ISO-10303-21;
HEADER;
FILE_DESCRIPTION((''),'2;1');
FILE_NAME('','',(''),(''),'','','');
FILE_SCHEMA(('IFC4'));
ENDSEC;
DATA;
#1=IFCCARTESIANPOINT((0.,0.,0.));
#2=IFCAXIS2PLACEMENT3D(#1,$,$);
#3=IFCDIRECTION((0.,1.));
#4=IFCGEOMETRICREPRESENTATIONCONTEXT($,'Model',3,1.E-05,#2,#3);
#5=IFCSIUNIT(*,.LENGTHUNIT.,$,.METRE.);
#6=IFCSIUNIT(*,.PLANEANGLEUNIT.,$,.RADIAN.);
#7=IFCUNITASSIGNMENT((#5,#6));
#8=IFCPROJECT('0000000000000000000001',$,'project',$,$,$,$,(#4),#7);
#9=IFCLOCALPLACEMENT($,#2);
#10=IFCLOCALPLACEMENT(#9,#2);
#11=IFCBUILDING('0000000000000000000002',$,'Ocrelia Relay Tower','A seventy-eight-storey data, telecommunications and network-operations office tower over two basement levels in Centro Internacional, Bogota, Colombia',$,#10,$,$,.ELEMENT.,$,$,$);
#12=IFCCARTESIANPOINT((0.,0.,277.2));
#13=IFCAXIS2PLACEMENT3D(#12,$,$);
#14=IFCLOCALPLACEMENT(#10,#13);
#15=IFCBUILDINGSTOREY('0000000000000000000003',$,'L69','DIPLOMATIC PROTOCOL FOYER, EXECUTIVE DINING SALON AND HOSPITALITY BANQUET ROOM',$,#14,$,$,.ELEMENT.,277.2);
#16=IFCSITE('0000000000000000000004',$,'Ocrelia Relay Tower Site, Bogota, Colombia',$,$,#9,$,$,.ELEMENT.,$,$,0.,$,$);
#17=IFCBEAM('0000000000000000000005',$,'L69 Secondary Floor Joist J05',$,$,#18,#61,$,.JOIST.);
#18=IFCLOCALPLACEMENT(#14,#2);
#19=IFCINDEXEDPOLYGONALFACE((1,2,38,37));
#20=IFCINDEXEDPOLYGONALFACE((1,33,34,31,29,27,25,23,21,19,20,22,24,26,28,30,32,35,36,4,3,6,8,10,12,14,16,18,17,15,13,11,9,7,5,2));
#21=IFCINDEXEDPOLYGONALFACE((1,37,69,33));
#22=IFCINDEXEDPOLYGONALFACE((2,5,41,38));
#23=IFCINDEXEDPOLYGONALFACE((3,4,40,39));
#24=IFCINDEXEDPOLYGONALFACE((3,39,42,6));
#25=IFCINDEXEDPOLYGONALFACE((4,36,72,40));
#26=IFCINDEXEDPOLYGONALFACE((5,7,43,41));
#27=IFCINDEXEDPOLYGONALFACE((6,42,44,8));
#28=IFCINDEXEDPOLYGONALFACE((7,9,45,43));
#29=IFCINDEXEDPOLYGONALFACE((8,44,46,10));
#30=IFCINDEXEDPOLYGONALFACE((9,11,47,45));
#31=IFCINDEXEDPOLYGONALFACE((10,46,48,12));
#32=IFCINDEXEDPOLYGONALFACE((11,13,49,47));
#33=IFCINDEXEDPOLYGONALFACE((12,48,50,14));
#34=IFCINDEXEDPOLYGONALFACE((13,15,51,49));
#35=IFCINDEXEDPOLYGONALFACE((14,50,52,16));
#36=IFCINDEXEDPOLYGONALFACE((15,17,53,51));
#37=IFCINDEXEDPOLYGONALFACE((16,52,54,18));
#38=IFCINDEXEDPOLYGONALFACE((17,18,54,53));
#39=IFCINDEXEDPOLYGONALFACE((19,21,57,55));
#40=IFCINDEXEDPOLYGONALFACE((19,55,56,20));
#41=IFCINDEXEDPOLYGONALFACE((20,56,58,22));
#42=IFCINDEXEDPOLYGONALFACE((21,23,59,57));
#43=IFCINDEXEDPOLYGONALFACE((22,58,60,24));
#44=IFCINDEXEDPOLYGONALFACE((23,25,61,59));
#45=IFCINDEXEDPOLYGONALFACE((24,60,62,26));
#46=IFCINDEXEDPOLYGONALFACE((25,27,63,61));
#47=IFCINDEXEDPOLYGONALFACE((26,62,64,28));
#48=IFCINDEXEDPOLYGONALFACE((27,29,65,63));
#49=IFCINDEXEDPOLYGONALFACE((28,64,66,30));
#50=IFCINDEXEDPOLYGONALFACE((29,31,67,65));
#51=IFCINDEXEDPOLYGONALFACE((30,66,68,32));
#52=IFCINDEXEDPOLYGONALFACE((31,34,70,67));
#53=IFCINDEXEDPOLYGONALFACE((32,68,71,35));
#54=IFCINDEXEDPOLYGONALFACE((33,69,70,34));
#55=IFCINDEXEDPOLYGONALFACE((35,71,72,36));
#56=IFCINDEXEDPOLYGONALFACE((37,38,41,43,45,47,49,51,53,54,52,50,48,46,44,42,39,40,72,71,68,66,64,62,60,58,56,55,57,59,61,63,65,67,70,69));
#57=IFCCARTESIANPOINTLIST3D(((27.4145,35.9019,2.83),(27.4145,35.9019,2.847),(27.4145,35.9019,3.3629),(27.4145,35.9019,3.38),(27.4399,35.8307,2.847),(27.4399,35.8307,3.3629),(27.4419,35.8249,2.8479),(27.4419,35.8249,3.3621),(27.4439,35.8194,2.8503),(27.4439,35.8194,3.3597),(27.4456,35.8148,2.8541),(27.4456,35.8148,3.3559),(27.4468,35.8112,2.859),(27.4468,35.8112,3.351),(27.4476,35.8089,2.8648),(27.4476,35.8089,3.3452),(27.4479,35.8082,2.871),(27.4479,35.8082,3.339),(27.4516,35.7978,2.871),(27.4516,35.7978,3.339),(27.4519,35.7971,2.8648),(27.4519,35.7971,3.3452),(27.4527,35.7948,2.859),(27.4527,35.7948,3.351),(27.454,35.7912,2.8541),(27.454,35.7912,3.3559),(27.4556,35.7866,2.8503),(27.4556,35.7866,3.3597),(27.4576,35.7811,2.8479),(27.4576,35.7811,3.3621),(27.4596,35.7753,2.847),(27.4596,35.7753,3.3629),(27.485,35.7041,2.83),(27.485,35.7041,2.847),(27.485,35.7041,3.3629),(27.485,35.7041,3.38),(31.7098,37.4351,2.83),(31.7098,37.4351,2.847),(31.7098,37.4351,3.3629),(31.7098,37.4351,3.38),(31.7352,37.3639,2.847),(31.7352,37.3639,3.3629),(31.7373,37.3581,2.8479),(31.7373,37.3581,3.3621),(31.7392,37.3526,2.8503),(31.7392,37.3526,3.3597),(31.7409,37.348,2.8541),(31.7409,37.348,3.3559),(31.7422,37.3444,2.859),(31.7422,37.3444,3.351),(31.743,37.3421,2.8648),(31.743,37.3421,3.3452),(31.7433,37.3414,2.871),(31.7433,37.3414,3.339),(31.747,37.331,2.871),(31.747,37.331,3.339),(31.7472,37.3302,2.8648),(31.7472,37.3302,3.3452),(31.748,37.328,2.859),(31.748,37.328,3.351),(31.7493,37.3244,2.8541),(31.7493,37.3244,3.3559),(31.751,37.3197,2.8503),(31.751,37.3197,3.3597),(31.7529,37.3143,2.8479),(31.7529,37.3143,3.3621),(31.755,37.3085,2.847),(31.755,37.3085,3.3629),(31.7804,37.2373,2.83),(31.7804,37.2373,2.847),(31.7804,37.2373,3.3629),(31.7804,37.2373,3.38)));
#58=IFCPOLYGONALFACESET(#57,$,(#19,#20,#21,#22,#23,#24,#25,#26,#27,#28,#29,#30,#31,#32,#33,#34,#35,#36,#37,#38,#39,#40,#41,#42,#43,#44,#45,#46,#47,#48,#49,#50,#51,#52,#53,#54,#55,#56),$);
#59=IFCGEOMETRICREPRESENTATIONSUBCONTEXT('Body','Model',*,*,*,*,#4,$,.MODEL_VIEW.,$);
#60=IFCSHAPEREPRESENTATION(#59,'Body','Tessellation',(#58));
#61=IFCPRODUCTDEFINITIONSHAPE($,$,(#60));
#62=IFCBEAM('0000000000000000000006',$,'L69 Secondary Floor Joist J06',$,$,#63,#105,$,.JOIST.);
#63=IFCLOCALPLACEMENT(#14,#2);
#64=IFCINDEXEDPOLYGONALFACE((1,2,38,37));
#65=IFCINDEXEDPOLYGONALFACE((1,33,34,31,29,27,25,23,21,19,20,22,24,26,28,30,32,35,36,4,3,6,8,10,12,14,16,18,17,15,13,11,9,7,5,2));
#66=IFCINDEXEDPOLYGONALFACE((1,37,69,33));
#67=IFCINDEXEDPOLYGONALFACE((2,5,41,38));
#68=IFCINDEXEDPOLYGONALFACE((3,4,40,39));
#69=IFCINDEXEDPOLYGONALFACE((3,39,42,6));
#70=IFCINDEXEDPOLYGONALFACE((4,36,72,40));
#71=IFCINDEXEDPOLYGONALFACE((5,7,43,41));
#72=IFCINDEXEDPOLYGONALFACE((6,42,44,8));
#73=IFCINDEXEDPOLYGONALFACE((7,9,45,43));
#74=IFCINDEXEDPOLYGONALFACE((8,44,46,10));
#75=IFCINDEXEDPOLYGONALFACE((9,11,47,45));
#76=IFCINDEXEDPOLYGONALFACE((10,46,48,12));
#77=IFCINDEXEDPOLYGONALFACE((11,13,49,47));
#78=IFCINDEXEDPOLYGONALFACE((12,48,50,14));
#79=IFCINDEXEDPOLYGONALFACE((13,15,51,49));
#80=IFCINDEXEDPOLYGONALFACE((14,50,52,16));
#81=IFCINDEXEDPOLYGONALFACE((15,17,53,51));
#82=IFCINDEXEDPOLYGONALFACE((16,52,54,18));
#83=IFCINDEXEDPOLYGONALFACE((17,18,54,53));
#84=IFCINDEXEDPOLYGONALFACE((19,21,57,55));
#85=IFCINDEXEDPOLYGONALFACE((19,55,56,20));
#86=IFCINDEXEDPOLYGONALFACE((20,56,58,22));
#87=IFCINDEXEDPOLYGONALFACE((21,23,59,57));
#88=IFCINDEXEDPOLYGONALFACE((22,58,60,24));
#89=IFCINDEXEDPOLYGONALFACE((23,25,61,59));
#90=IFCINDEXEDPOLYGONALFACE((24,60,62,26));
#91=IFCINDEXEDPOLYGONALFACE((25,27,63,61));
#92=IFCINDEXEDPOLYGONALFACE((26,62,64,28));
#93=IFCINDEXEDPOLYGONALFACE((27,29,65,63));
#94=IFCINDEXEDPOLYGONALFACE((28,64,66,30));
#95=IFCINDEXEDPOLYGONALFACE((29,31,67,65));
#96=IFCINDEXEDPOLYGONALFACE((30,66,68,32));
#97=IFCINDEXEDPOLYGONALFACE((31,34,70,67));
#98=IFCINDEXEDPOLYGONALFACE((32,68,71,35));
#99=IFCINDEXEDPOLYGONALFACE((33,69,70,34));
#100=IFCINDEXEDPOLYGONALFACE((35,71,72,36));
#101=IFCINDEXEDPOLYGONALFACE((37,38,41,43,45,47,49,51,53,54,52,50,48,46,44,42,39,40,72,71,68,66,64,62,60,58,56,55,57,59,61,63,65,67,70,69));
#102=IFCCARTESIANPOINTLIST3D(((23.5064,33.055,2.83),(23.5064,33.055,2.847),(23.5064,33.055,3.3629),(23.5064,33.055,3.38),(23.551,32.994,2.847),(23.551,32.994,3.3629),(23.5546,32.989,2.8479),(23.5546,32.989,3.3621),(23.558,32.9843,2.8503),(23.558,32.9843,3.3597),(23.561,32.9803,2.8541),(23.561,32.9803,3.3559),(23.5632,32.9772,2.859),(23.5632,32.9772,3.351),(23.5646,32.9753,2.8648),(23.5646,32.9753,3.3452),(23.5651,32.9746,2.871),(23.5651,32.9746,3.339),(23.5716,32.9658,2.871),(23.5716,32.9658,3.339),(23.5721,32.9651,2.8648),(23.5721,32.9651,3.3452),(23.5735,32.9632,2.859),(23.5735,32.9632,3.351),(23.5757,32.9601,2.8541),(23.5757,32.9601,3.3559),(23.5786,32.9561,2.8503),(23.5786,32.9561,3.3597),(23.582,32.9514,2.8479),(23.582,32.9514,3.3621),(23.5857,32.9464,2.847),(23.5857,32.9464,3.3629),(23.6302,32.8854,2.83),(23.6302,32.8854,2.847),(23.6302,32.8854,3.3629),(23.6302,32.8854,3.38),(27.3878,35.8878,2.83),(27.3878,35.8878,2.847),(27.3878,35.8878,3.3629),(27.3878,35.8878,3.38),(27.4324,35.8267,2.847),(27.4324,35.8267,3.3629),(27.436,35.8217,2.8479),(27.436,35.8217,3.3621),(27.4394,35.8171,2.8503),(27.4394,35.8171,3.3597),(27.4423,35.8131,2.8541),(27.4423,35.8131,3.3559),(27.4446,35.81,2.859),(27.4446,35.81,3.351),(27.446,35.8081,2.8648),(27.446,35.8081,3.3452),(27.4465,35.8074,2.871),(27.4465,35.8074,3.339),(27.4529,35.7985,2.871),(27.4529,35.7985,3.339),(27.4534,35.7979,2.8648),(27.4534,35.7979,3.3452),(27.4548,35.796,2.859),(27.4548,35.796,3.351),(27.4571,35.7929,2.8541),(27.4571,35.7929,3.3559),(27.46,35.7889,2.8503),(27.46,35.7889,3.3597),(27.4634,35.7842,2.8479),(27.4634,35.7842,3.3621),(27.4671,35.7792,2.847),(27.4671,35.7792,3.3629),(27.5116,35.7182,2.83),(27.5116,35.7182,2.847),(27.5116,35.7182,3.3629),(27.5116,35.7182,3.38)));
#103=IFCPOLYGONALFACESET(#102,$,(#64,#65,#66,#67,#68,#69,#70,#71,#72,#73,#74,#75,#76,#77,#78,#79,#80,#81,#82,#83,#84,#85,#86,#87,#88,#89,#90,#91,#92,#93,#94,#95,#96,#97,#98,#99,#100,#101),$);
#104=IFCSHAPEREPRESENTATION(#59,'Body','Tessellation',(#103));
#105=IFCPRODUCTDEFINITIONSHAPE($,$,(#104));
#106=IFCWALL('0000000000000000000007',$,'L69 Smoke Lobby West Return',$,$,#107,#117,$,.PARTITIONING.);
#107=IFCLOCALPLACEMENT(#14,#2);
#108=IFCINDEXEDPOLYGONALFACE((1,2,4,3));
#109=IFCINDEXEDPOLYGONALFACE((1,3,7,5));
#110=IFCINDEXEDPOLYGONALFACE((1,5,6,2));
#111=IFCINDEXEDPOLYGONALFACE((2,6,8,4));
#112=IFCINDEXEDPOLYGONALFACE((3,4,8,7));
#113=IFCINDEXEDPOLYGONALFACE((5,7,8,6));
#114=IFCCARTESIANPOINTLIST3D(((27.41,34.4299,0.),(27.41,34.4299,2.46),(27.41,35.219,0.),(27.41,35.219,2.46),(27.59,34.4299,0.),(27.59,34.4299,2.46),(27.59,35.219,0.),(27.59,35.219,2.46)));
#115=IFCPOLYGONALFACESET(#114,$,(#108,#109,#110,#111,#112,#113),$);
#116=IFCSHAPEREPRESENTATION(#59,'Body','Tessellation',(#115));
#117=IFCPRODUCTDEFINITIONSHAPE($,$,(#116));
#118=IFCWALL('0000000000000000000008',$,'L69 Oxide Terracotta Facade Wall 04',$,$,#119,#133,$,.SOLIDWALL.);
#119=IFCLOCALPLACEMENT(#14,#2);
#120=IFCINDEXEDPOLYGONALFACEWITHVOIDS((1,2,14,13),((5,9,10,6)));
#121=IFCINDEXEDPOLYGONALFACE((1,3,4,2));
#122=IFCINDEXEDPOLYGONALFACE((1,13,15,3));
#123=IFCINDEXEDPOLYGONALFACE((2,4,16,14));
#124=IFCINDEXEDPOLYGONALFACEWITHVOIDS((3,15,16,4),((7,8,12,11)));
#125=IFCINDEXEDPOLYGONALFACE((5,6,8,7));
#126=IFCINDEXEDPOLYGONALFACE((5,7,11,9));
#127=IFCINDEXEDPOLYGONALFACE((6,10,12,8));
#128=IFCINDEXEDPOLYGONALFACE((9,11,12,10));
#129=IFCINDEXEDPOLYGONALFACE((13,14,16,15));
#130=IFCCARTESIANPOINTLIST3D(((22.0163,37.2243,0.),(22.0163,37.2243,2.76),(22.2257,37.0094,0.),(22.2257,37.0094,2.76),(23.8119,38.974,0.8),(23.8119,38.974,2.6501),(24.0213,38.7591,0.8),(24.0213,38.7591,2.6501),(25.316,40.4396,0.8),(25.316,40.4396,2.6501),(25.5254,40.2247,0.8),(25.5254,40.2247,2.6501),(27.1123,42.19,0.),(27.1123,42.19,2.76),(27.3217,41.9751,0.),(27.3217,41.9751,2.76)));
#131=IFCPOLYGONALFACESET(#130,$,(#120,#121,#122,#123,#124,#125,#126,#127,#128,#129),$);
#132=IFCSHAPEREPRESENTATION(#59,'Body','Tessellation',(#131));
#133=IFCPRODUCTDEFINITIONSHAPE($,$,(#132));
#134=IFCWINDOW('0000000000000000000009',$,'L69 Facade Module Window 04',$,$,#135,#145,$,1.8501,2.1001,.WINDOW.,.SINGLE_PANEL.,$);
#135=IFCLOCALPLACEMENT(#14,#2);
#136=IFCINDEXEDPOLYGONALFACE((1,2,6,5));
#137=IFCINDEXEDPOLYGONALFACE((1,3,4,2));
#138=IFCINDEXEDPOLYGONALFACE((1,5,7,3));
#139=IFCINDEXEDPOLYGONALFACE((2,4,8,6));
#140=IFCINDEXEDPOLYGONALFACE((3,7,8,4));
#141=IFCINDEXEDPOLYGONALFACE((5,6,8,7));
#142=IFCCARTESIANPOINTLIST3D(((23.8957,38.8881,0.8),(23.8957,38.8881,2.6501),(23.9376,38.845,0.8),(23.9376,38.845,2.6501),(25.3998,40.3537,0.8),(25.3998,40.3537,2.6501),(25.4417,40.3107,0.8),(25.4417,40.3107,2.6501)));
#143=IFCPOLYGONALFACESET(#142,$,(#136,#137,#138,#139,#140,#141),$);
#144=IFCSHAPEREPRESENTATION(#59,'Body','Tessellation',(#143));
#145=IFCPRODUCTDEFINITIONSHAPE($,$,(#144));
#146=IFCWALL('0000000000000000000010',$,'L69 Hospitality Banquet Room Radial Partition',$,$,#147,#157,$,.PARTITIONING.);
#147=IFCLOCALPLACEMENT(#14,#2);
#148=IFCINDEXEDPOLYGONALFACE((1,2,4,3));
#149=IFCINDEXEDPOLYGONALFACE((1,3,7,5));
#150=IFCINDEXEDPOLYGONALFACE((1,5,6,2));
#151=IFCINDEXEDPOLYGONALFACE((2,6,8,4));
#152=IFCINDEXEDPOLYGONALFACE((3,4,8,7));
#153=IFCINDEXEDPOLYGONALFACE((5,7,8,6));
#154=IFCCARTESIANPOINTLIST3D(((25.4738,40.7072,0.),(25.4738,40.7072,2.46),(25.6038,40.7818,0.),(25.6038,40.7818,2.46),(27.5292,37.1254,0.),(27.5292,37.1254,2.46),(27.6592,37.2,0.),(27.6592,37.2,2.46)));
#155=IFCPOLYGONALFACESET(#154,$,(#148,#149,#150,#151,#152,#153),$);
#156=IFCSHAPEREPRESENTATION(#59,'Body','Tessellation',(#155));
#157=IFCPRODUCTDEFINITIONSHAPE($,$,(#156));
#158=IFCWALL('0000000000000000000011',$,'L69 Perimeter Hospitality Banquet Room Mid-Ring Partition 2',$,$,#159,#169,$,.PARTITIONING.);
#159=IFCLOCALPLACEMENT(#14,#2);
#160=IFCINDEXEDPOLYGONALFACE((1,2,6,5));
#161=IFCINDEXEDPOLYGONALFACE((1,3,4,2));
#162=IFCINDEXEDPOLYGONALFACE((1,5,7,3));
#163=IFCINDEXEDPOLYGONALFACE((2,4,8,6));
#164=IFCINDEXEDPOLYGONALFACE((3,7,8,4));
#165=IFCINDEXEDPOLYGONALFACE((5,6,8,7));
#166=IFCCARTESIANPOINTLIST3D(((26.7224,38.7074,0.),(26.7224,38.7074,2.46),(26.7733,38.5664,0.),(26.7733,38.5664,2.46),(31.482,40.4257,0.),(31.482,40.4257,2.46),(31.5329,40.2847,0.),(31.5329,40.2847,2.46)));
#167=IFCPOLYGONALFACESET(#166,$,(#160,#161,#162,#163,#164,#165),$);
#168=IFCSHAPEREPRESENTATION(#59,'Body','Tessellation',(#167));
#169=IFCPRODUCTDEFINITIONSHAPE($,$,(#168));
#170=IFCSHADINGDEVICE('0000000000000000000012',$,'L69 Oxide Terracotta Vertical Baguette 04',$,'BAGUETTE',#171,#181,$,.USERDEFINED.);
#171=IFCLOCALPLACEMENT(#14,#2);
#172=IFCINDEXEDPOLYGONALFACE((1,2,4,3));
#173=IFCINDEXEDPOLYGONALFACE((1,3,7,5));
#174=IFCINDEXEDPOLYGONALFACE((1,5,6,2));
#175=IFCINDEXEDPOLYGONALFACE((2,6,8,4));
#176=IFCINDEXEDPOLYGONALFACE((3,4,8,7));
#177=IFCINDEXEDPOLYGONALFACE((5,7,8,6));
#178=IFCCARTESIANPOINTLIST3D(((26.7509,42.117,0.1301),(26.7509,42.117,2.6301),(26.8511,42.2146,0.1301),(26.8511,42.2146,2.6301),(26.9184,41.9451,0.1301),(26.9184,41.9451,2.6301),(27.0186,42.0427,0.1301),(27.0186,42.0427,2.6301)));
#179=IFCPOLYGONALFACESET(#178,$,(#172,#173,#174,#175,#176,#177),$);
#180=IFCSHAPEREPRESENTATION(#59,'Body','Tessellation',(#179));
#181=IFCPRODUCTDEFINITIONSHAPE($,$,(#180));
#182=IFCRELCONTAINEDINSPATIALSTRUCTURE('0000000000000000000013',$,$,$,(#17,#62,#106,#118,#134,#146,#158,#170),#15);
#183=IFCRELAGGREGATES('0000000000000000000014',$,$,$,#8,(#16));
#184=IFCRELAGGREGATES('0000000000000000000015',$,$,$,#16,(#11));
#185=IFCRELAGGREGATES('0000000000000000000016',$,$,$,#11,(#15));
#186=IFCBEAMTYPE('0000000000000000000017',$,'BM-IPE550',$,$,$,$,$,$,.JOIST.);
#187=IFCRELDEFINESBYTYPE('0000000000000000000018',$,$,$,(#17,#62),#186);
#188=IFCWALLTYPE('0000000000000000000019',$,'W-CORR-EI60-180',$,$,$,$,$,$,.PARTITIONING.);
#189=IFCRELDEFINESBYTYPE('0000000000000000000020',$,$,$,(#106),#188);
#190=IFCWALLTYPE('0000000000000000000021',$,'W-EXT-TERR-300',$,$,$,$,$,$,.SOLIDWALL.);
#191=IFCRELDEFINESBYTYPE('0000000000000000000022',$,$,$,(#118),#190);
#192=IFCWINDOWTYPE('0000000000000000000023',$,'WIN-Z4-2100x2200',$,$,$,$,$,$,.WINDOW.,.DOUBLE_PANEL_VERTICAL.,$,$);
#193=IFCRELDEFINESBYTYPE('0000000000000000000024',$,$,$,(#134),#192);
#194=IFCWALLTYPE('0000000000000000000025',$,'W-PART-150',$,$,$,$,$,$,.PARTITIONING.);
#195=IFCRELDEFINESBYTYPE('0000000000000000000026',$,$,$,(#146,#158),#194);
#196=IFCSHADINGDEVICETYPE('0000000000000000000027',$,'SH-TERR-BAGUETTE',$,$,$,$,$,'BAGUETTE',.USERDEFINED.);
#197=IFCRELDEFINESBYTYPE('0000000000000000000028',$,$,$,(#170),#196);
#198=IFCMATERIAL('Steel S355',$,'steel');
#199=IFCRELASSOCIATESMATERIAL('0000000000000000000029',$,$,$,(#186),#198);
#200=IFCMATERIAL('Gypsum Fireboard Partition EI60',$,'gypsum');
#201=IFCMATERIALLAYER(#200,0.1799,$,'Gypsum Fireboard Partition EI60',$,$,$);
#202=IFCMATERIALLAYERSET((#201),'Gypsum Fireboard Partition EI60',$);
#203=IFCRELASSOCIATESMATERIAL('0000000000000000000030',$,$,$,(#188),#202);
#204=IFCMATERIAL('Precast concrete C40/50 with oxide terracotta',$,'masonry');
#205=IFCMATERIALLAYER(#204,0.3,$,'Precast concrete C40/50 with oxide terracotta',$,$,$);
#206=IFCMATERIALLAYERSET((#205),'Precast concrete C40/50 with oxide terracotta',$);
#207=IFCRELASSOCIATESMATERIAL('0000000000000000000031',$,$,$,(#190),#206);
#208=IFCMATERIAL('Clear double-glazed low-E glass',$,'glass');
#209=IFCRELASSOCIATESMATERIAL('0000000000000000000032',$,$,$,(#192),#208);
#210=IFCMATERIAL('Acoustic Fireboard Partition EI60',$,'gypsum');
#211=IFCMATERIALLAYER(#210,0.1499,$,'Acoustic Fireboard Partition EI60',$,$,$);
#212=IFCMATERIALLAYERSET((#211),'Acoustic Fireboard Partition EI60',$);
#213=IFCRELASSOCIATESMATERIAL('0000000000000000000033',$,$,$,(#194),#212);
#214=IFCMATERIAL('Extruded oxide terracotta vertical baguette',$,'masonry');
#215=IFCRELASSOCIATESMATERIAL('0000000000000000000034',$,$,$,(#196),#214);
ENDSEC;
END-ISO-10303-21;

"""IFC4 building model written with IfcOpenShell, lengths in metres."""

from ifc_helpers import new_model, si_unit, direction, frame, frame_2d, origin, origin_2d, place, context, subcontext, project, spatial, rectangle, i_section, extrude, material, layer, layer_set, material_profile, profile_set, type_object, element, fill, save


model = new_model("IFC4")

# Units and contexts
model_context = context("Model", 3, precision=1e-05, world=origin(), true_north=direction((0.0, 1.0)))
body_context = subcontext(model_context, "Body", "Model", "MODEL_VIEW")
ifc_project = project(units=[si_unit("LENGTHUNIT", "METRE"), si_unit("PLANEANGLEUNIT", "RADIAN")], contexts=[model_context])

# Site, building, storey
site_placement = place(None, origin())
site = spatial("IfcSite", under=ifc_project, at=site_placement, Name="Ocrelia Relay Tower Site, Bogota, Colombia", CompositionType="ELEMENT", RefElevation=0.0)
building_placement = place(site_placement, origin())
building = spatial("IfcBuilding", under=site, at=building_placement, Name="Ocrelia Relay Tower", Description="A seventy-eight-storey data, telecommunications and network-operations office tower over two basement levels in Centro Internacional, Bogota, Colombia", CompositionType="ELEMENT")
storey_placement = place(building_placement, frame((0.0, 0.0, 277.2)))
storey = spatial("IfcBuildingStorey", under=building, at=storey_placement, Name="L69", Description="DIPLOMATIC PROTOCOL FOYER, EXECUTIVE DINING SALON AND HOSPITALITY BANQUET ROOM", CompositionType="ELEMENT", Elevation=277.2)

# Beams
ifc_material_1 = material(Name="Steel S355", Category="steel")
ifc_material_profile_1 = material_profile(ifc_material_1, i_section(OverallWidth=0.21, OverallDepth=0.55, WebThickness=0.011, FlangeThickness=0.0171, FilletRadius=0.0239, at=origin_2d()), Name="IPE 550")
ifc_profile_set_1 = profile_set([ifc_material_profile_1], Name="Steel S355")
beam_type_1 = type_object("IfcBeamType", Name="BM-IPE550", PredefinedType="JOIST", material=ifc_profile_set_1)
beam_1_placement = place(storey_placement, frame((31.7451, 37.3362, 3.105), z_axis=(-0.941802, -0.336167, 0.0), x_axis=(0.336167, -0.941802, 0.0)))
element("IfcBeam", 1, at=beam_1_placement, inside=storey, type_object=beam_type_1, Name="L69 Secondary Floor Joist J05", PredefinedType="JOIST", context=body_context, shape_type="SweptSolid", body=[
    extrude(i_section(OverallWidth=0.21, OverallDepth=0.55, WebThickness=0.011, FlangeThickness=0.0171, FilletRadius=0.0239, at=origin_2d()), origin(), (0.0, 0.0, 1.0), 4.5608),
])
beam_2_placement = place(storey_placement, frame((27.4497, 35.803, 3.105), z_axis=(-0.807748, -0.589527, 0.0), x_axis=(0.589527, -0.807748, 0.0)))
element("IfcBeam", 2, at=beam_2_placement, inside=storey, type_object=beam_type_1, Name="L69 Secondary Floor Joist J06", PredefinedType="JOIST", context=body_context, shape_type="SweptSolid", body=[
    extrude(i_section(OverallWidth=0.21, OverallDepth=0.55, WebThickness=0.011, FlangeThickness=0.0171, FilletRadius=0.0239, at=origin_2d()), origin(), (0.0, 0.0, 1.0), 4.8052),
])

# Wall
ifc_material_2 = material(Name="Gypsum Fireboard Partition EI60", Category="gypsum")
ifc_layer_1 = layer(ifc_material_2, 0.1799, Name="Gypsum Fireboard Partition EI60")
ifc_layer_set_1 = layer_set([ifc_layer_1], Name="Gypsum Fireboard Partition EI60")
wall_type_1 = type_object("IfcWallType", Name="W-CORR-EI60-180", PredefinedType="PARTITIONING", material=ifc_layer_set_1)
wall_1_placement = place(storey_placement, frame((27.5, 34.4299, 0.0), z_axis=(0.0, 0.0, 1.0), x_axis=(0.0, 1.0, 0.0)))
element("IfcWall", 3, at=wall_1_placement, inside=storey, type_object=wall_type_1, Name="L69 Smoke Lobby West Return", PredefinedType="PARTITIONING", context=body_context, shape_type="SweptSolid", body=[
    extrude(rectangle(XDim=0.7891, YDim=0.1799, at=frame_2d((0.3945, 0.0))), origin(), (0.0, 0.0, 1.0), 2.46),
])

# Wall, opening, window
ifc_material_3 = material(Name="Precast concrete C40/50 with oxide terracotta", Category="masonry")
ifc_layer_2 = layer(ifc_material_3, 0.3, Name="Precast concrete C40/50 with oxide terracotta")
ifc_layer_set_2 = layer_set([ifc_layer_2], Name="Precast concrete C40/50 with oxide terracotta")
wall_type_2 = type_object("IfcWallType", Name="W-EXT-TERR-300", PredefinedType="SOLIDWALL", material=ifc_layer_set_2)
wall_2_placement = place(storey_placement, frame((27.217, 42.0825, 0.0), z_axis=(0.0, 0.0, 1.0), x_axis=(-0.716209, -0.697886, 0.0)))
wall_2 = element("IfcWall", 4, at=wall_2_placement, inside=storey, type_object=wall_type_2, Name="L69 Oxide Terracotta Facade Wall 04", PredefinedType="SOLIDWALL", context=body_context, shape_type="SweptSolid", body=[
    extrude(rectangle(XDim=7.1152, YDim=0.3, at=frame_2d((3.5576, 0.0))), origin(), (0.0, 0.0, 1.0), 2.76),
])
opening_1_placement = place(wall_2_placement, frame((2.5081, 0.0, 0.8)))
opening_1 = element("IfcOpeningElement", 5, at=opening_1_placement, cuts=wall_2, PredefinedType="OPENING", context=body_context, shape_type="SweptSolid", body=[
    extrude(rectangle(XDim=2.1001, YDim=1.8501, at=frame_2d((1.05, 0.925))), frame((0.0, 0.1602, 0.0), z_axis=(0.0, -1.0, 0.0), x_axis=(1.0, 0.0, 0.0)), (0.0, 0.0, 1.0), 0.3201),
])
ifc_material_4 = material(Name="Clear double-glazed low-E glass", Category="glass")
window_type = type_object("IfcWindowType", Name="WIN-Z4-2100x2200", PartitioningType="DOUBLE_PANEL_VERTICAL", PredefinedType="WINDOW", material=ifc_material_4)
window_placement = place(opening_1_placement, origin())
window = element("IfcWindow", 6, at=window_placement, inside=storey, type_object=window_type, Name="L69 Facade Module Window 04", OverallHeight=1.8501, OverallWidth=2.1001, PartitioningType="SINGLE_PANEL", PredefinedType="WINDOW", context=body_context, shape_type="SweptSolid", body=[
    extrude(rectangle(XDim=2.1001, YDim=1.8501, at=frame_2d((1.05, 0.925))), frame((0.0, 0.03, 0.0), z_axis=(0.0, -1.0, 0.0), x_axis=(1.0, 0.0, 0.0)), (0.0, 0.0, 1.0), 0.0601),
])
fill(opening_1, window)

# Walls
ifc_material_5 = material(Name="Acoustic Fireboard Partition EI60", Category="gypsum")
ifc_layer_3 = layer(ifc_material_5, 0.1499, Name="Acoustic Fireboard Partition EI60")
ifc_layer_set_3 = layer_set([ifc_layer_3], Name="Acoustic Fireboard Partition EI60")
wall_type_3 = type_object("IfcWallType", Name="W-PART-150", PredefinedType="PARTITIONING", material=ifc_layer_set_3)
wall_3_placement = place(storey_placement, frame((27.5942, 37.1626, 0.0), z_axis=(0.0, 0.0, 1.0), x_axis=(-0.497723, 0.867336, 0.0)))
element("IfcWall", 7, at=wall_3_placement, inside=storey, type_object=wall_type_3, Name="L69 Hospitality Banquet Room Radial Partition", PredefinedType="PARTITIONING", context=body_context, shape_type="SweptSolid", body=[
    extrude(rectangle(XDim=4.1296, YDim=0.1499, at=frame_2d((2.0649, 0.0))), origin(), (0.0, 0.0, 1.0), 2.46),
])
wall_4_placement = place(storey_placement, frame((31.5076, 40.3552, 0.0), z_axis=(0.0, 0.0, 1.0), x_axis=(-0.940583, -0.339565, 0.0)))
element("IfcWall", 8, at=wall_4_placement, inside=storey, type_object=wall_type_3, Name="L69 Perimeter Hospitality Banquet Room Mid-Ring Partition 2", PredefinedType="PARTITIONING", context=body_context, shape_type="SweptSolid", body=[
    extrude(rectangle(XDim=5.0603, YDim=0.1499, at=frame_2d((2.5303, 0.0))), origin(), (0.0, 0.0, 1.0), 2.46),
])

# Shading device
ifc_material_6 = material(Name="Extruded oxide terracotta vertical baguette", Category="masonry")
shading_device_type_1 = type_object("IfcShadingDeviceType", Name="SH-TERR-BAGUETTE", ElementType="BAGUETTE", PredefinedType="USERDEFINED", material=ifc_material_6)
shading_device_1_placement = place(storey_placement, frame((26.8848, 42.0798, 0.1301), z_axis=(0.0, 0.0, 1.0), x_axis=(-0.716197, -0.697898, 0.0)))
element("IfcShadingDevice", 9, at=shading_device_1_placement, inside=storey, type_object=shading_device_type_1, Name="L69 Oxide Terracotta Vertical Baguette 04", ObjectType="BAGUETTE", PredefinedType="USERDEFINED", context=body_context, shape_type="SweptSolid", body=[
    extrude(rectangle(XDim=0.1399, YDim=0.24, at=origin_2d()), origin(), (0.0, 0.0, 1.0), 2.5),
])

save(model, "model.ifc")
